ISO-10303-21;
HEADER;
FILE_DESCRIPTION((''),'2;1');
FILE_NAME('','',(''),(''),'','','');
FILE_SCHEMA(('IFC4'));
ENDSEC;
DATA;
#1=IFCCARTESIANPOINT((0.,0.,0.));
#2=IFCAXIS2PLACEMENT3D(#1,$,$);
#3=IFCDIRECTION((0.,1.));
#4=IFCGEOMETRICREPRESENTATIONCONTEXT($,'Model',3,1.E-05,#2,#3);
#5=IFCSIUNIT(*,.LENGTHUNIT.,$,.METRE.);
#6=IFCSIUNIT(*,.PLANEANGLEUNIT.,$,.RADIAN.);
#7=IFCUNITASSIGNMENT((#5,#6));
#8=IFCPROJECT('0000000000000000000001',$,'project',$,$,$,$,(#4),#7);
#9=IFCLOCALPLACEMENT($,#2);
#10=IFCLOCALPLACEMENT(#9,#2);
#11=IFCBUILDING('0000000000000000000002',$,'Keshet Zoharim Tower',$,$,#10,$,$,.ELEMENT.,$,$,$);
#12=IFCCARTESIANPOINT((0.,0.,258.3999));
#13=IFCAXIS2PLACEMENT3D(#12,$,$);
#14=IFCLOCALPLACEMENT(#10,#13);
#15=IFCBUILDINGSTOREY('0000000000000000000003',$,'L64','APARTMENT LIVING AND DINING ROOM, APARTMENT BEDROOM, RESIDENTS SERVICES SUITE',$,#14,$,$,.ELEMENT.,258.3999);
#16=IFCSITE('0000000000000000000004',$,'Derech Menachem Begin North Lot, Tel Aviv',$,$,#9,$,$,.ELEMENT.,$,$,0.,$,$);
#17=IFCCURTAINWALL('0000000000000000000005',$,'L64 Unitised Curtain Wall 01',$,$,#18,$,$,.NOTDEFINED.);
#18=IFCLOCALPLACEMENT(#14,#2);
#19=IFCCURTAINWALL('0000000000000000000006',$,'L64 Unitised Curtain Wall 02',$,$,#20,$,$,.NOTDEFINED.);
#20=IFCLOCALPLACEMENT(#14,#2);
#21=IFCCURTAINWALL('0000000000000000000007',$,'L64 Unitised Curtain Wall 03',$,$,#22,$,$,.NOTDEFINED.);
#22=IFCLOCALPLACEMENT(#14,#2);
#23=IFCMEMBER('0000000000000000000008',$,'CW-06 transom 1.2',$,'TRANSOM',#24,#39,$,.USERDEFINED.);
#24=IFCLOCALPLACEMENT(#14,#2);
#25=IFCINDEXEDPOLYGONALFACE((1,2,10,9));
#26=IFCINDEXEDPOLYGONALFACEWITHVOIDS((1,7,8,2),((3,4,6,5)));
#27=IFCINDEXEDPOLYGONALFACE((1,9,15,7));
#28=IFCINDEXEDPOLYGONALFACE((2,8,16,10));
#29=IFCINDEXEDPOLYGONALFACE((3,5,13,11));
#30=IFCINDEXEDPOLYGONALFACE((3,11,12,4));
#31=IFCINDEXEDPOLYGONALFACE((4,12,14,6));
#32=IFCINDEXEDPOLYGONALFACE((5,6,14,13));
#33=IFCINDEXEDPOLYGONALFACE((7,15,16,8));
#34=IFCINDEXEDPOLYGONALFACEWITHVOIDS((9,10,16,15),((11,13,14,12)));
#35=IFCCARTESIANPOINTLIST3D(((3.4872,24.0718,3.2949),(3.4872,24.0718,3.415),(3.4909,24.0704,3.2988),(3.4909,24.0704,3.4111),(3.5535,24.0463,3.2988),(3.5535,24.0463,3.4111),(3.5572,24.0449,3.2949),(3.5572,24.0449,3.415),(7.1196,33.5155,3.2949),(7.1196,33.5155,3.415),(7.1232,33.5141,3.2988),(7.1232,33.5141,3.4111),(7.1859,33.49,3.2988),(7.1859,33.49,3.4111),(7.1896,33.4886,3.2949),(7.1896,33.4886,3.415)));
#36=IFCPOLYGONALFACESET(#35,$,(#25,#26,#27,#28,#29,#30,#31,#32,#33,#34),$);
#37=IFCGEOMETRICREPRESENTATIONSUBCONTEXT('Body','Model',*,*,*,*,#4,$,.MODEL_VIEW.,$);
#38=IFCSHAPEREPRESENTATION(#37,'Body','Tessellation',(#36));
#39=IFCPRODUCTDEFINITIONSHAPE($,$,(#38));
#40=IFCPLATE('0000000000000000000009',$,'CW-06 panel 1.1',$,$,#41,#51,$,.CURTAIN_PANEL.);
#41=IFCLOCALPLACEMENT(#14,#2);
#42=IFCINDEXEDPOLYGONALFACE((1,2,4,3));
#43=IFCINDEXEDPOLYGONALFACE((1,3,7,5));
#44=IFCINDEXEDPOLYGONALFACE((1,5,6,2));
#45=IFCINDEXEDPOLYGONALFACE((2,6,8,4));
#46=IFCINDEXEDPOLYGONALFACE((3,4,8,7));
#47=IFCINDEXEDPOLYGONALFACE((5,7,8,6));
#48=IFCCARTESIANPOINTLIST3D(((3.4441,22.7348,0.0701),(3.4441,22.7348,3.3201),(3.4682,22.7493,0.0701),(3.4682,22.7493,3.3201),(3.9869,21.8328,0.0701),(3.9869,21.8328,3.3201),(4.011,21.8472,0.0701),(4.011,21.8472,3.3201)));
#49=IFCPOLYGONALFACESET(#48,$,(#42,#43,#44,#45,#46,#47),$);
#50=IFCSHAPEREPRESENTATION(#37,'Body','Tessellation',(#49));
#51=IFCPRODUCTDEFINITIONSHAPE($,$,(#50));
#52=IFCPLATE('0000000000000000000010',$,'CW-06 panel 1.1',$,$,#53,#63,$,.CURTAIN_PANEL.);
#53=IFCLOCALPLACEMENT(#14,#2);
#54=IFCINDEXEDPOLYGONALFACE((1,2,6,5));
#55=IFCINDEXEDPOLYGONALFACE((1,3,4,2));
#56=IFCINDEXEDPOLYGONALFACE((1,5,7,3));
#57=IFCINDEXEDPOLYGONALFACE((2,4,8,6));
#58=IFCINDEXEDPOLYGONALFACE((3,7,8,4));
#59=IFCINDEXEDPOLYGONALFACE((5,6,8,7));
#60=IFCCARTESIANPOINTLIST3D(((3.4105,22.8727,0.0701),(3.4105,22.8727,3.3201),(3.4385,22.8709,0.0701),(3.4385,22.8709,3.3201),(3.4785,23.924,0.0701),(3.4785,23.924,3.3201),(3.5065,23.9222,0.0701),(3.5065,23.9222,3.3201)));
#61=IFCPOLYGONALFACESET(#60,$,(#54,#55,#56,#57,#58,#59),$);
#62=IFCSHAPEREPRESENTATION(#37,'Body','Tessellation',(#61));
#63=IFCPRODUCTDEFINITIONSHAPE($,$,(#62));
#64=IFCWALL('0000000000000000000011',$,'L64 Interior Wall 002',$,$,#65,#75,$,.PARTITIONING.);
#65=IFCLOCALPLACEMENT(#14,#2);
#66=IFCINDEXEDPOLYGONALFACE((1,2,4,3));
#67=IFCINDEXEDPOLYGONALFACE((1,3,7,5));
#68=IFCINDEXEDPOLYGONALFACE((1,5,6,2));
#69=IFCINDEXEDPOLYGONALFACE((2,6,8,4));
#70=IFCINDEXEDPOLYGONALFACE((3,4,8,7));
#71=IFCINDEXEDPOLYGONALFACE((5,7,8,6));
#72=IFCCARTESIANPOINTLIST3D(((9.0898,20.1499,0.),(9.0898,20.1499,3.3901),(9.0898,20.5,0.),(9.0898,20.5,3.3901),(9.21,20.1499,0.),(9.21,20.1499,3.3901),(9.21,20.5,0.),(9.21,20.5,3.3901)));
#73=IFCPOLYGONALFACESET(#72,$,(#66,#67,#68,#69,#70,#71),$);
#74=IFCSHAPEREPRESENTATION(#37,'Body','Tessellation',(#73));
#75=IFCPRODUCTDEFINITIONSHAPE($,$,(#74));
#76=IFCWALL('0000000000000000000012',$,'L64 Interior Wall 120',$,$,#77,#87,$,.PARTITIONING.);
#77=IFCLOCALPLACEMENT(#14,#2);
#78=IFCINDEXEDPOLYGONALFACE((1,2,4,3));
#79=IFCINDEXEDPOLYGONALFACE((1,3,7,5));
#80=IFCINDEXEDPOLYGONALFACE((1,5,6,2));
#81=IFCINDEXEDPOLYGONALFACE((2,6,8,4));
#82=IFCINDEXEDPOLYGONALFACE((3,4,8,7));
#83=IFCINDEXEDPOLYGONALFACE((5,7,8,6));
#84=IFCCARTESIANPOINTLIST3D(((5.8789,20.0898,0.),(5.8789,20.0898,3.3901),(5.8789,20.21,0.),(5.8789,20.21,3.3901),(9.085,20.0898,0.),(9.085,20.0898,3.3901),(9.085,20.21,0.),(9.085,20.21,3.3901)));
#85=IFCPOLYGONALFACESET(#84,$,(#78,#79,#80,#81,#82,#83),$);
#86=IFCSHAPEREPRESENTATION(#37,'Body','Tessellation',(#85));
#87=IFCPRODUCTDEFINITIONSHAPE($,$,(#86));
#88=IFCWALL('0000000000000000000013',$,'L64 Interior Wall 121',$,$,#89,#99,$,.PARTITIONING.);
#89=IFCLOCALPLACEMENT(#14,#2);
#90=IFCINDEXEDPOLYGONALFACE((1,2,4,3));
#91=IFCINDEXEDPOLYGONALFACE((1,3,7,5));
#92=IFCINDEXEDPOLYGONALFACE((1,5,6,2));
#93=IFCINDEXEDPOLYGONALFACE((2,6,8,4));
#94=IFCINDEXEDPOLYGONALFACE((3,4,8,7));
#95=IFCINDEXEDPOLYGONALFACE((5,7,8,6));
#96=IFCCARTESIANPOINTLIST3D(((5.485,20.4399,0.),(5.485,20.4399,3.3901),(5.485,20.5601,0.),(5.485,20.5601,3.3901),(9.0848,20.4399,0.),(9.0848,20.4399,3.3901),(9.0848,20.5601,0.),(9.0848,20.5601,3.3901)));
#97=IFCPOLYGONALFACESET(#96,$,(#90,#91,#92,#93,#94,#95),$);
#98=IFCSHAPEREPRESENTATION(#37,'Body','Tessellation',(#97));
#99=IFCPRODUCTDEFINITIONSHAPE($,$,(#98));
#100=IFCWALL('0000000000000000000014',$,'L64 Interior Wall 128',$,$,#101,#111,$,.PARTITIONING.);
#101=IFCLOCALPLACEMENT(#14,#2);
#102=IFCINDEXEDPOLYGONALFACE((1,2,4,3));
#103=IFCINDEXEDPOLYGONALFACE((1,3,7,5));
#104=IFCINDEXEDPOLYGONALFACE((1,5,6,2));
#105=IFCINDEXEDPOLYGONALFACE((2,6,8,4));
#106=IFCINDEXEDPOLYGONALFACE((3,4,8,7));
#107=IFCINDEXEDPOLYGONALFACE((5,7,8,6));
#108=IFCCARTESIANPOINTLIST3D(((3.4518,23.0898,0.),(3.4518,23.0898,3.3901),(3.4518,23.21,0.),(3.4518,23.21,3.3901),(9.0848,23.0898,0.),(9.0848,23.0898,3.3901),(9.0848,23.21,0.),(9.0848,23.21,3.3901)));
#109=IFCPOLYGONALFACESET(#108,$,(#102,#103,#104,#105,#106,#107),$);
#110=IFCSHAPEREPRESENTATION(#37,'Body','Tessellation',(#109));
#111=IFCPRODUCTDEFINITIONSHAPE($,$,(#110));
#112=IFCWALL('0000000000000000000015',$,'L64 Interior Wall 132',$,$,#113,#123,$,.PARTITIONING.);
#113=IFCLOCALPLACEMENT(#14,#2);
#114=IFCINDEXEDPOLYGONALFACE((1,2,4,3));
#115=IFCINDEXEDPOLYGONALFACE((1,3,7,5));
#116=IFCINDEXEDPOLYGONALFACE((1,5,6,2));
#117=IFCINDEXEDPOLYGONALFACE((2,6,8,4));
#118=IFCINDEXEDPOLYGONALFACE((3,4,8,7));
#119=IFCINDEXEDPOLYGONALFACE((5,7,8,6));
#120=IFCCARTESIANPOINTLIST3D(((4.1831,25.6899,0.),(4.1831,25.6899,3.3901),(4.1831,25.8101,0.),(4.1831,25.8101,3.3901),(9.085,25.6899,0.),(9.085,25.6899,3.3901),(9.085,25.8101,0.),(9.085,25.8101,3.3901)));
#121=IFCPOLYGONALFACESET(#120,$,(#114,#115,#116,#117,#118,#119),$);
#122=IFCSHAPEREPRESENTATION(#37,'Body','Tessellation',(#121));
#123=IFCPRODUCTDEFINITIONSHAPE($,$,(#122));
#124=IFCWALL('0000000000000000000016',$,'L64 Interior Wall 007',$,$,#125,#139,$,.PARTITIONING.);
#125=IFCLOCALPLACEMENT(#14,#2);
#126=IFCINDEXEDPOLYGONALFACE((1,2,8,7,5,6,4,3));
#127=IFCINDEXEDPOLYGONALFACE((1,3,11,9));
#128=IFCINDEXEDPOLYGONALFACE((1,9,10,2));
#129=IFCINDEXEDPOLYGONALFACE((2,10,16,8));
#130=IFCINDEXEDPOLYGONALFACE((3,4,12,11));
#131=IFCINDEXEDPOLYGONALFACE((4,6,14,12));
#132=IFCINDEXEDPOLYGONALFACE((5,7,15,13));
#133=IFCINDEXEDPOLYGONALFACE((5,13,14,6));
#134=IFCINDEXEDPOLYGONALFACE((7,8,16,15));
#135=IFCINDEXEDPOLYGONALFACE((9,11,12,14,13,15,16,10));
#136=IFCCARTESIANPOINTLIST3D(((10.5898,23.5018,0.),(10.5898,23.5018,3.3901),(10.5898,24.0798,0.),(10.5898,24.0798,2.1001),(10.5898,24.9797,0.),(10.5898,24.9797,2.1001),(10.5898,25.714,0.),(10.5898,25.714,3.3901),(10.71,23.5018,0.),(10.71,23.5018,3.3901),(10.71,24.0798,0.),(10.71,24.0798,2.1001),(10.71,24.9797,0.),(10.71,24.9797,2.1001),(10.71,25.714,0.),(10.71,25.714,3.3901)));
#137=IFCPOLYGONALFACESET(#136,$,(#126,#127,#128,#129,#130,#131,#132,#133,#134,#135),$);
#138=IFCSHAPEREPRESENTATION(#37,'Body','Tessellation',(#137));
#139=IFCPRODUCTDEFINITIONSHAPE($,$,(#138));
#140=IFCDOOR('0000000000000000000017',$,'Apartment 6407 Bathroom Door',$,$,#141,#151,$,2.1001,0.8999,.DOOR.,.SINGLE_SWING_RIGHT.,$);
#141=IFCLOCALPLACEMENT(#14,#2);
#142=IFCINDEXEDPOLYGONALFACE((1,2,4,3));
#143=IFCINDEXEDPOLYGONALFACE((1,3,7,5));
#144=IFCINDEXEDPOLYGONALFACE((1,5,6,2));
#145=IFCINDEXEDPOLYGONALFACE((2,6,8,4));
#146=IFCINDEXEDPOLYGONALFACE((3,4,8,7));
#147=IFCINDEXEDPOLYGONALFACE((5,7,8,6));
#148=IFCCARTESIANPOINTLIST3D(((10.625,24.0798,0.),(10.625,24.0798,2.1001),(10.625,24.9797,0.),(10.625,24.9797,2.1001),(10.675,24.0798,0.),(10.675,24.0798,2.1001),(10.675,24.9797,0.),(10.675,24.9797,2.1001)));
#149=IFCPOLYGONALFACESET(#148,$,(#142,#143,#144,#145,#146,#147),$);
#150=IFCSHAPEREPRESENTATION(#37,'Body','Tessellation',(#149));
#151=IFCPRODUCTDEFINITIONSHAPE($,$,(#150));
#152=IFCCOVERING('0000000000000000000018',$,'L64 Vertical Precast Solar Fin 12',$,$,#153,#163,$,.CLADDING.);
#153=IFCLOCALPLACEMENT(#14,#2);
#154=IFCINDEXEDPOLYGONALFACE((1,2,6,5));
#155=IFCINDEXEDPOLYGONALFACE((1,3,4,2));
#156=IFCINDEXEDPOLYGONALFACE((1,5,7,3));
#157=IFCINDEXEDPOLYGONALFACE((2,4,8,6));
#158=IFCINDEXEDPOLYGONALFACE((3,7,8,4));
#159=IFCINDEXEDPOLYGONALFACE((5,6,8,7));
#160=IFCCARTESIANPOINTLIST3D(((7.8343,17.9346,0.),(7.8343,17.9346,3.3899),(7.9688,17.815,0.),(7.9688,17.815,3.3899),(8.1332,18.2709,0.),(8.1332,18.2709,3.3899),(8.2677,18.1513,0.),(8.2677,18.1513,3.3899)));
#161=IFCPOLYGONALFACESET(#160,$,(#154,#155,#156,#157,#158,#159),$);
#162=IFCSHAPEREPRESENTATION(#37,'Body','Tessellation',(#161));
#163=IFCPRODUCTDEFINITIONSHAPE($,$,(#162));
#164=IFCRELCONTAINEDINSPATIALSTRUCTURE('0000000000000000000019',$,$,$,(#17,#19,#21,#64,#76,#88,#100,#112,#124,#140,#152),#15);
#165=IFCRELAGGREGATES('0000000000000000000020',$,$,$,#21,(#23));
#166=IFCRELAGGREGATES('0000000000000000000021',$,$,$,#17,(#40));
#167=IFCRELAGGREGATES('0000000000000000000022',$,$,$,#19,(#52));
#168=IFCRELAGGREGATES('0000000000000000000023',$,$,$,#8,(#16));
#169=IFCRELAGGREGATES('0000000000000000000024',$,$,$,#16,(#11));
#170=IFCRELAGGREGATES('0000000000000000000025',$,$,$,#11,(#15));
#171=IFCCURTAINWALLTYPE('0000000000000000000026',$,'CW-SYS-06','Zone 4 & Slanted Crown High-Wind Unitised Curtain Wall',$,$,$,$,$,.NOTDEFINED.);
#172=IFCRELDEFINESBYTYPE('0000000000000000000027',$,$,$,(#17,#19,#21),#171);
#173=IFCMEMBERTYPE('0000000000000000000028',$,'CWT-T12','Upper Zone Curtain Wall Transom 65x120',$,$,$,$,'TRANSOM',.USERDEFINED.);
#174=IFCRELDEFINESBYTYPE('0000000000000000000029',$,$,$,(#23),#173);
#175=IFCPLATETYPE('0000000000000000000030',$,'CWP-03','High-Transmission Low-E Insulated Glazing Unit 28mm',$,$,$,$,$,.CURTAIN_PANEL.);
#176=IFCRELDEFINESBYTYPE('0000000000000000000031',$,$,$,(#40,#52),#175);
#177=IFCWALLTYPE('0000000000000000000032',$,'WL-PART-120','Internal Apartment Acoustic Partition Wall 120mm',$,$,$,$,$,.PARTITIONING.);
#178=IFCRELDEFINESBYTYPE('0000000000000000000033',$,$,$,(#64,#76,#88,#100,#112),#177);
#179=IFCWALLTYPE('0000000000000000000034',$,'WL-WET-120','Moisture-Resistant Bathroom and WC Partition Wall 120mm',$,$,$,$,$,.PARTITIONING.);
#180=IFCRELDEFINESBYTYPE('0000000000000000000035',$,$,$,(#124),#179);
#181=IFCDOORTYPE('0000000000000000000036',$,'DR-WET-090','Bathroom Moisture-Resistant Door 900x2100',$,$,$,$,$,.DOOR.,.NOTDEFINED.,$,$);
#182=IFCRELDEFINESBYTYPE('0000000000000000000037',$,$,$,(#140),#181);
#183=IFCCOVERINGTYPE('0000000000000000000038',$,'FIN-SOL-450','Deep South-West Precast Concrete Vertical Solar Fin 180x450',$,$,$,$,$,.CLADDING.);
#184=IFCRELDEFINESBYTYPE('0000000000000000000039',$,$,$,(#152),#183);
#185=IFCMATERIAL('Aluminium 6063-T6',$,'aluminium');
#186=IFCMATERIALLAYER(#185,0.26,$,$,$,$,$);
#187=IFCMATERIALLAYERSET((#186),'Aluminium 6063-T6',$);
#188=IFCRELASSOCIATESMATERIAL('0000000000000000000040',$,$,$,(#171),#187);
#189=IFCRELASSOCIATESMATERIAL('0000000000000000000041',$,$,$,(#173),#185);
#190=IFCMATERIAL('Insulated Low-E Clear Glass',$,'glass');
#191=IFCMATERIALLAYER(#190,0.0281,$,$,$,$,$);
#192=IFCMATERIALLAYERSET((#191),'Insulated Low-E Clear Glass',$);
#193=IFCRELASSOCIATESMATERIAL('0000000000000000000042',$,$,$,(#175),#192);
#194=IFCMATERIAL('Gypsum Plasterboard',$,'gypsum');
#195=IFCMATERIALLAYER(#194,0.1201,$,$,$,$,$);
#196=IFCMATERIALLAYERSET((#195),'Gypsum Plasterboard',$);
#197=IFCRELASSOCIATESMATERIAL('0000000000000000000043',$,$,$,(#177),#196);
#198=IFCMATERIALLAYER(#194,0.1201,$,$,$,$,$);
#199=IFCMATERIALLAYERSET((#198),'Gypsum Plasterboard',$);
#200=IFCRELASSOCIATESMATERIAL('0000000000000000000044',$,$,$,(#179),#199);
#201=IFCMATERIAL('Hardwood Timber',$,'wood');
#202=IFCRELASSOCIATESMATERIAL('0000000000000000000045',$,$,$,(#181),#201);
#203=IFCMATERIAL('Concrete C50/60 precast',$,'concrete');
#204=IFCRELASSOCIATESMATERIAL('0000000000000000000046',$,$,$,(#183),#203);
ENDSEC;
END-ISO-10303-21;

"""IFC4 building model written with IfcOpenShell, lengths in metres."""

from ifc_helpers import new_model, si_unit, direction, frame, frame_2d, origin, origin_2d, place, context, subcontext, project, spatial, rectangle, hollow_rectangle, extrude, material, layer, layer_set, material_profile, profile_set, type_object, element, fill, aggregate, save


model = new_model("IFC4")

# Units and contexts
model_context = context("Model", 3, precision=1e-05, world=origin(), true_north=direction((0.0, 1.0)))
body_context = subcontext(model_context, "Body", "Model", "MODEL_VIEW")
ifc_project = project(units=[si_unit("LENGTHUNIT", "METRE"), si_unit("PLANEANGLEUNIT", "RADIAN")], contexts=[model_context])

# Site, building, storey
site_placement = place(None, origin())
site = spatial("IfcSite", under=ifc_project, at=site_placement, Name="Derech Menachem Begin North Lot, Tel Aviv", CompositionType="ELEMENT", RefElevation=0.0)
building_placement = place(site_placement, origin())
building = spatial("IfcBuilding", under=site, at=building_placement, Name="Keshet Zoharim Tower", CompositionType="ELEMENT")
storey_placement = place(building_placement, frame((0.0, 0.0, 258.3999)))
storey = spatial("IfcBuildingStorey", under=building, at=storey_placement, Name="L64", Description="APARTMENT LIVING AND DINING ROOM, APARTMENT BEDROOM, RESIDENTS SERVICES SUITE", CompositionType="ELEMENT", Elevation=258.3999)

# Curtain walls
ifc_material_1 = material(Name="Aluminium 6063-T6", Category="aluminium")
ifc_layer_1 = layer(ifc_material_1, 0.26)
ifc_layer_set_1 = layer_set([ifc_layer_1], Name="Aluminium 6063-T6")
curtain_wall_type = type_object("IfcCurtainWallType", Name="CW-SYS-06", Description="Zone 4 & Slanted Crown High-Wind Unitised Curtain Wall", PredefinedType="NOTDEFINED", material=ifc_layer_set_1)
curtain_wall_1_placement = place(storey_placement, origin())
curtain_wall_1 = element("IfcCurtainWall", 1, at=curtain_wall_1_placement, inside=storey, type_object=curtain_wall_type, Name="L64 Unitised Curtain Wall 01", PredefinedType="NOTDEFINED")
curtain_wall_2_placement = place(storey_placement, origin())
curtain_wall_2 = element("IfcCurtainWall", 2, at=curtain_wall_2_placement, inside=storey, type_object=curtain_wall_type, Name="L64 Unitised Curtain Wall 02", PredefinedType="NOTDEFINED")

# Curtain wall
curtain_wall_3_placement = place(storey_placement, origin())
curtain_wall_3 = element("IfcCurtainWall", 3, at=curtain_wall_3_placement, inside=storey, type_object=curtain_wall_type, Name="L64 Unitised Curtain Wall 03", PredefinedType="NOTDEFINED")

# Member
ifc_material_profile_1 = material_profile(ifc_material_1, hollow_rectangle(XDim=0.075, YDim=0.1201, WallThickness=0.0039, at=origin_2d()), Name="TRN-75x120")
ifc_profile_set_1 = profile_set([ifc_material_profile_1], Name="Aluminium 6063-T6")
member_type_1 = type_object("IfcMemberType", Name="CWT-T12", Description="Upper Zone Curtain Wall Transom 65x120", ElementType="TRANSOM", PredefinedType="USERDEFINED", material=ifc_profile_set_1)
member_1_placement = place(storey_placement, frame((3.5222, 24.0583, 3.355), z_axis=(0.358994, 0.93334, 0.0), x_axis=(-0.93334, 0.358994, 0.0)))
member_1 = element("IfcMember", 4, at=member_1_placement, type_object=member_type_1, Name="CW-06 transom 1.2", ObjectType="TRANSOM", PredefinedType="USERDEFINED", context=body_context, shape_type="SweptSolid", body=[
    extrude(hollow_rectangle(XDim=0.075, YDim=0.1201, WallThickness=0.0039, at=origin_2d()), origin(), (0.0, 0.0, 1.0), 10.1182),
])
aggregate(curtain_wall_3, [member_1])

# Plates
ifc_material_2 = material(Name="Insulated Low-E Clear Glass", Category="glass")
ifc_layer_2 = layer(ifc_material_2, 0.0281)
ifc_layer_set_2 = layer_set([ifc_layer_2], Name="Insulated Low-E Clear Glass")
plate_type = type_object("IfcPlateType", Name="CWP-03", Description="High-Transmission Low-E Insulated Glazing Unit 28mm", PredefinedType="CURTAIN_PANEL", material=ifc_layer_set_2)
plate_1_placement = place(storey_placement, frame((3.7275, 22.291, 0.0701), z_axis=(0.0, 0.0, 1.0), x_axis=(-0.515605, 0.856826, 0.0)))
plate_1 = element("IfcPlate", 5, at=plate_1_placement, type_object=plate_type, Name="CW-06 panel 1.1", PredefinedType="CURTAIN_PANEL", context=body_context, shape_type="SweptSolid", body=[
    extrude(rectangle(XDim=1.0527, YDim=0.0281, at=origin_2d()), origin(), (0.0, 0.0, 1.0), 3.25),
])
aggregate(curtain_wall_1, [plate_1])
plate_2_placement = place(storey_placement, frame((3.4585, 23.3975, 0.0701), z_axis=(0.0, 0.0, 1.0), x_axis=(0.064517, 0.997917, 0.0)))
plate_2 = element("IfcPlate", 6, at=plate_2_placement, type_object=plate_type, Name="CW-06 panel 1.1", PredefinedType="CURTAIN_PANEL", context=body_context, shape_type="SweptSolid", body=[
    extrude(rectangle(XDim=1.0535, YDim=0.0281, at=origin_2d()), origin(), (0.0, 0.0, 1.0), 3.25),
])
aggregate(curtain_wall_2, [plate_2])

# Shared definitions
ifc_material_3 = material(Name="Hardwood Timber", Category="wood")

# Wall
ifc_material_4 = material(Name="Gypsum Plasterboard", Category="gypsum")
ifc_layer_3 = layer(ifc_material_4, 0.1201)
ifc_layer_set_3 = layer_set([ifc_layer_3], Name="Gypsum Plasterboard")
wall_type_1 = type_object("IfcWallType", Name="WL-PART-120", Description="Internal Apartment Acoustic Partition Wall 120mm", PredefinedType="PARTITIONING", material=ifc_layer_set_3)
wall_1_placement = place(storey_placement, frame((9.1499, 20.1499, 0.0), z_axis=(0.0, 0.0, 1.0), x_axis=(0.0, 1.0, 0.0)))
element("IfcWall", 7, at=wall_1_placement, inside=storey, type_object=wall_type_1, Name="L64 Interior Wall 002", PredefinedType="PARTITIONING", context=body_context, shape_type="SweptSolid", body=[
    extrude(rectangle(XDim=0.3501, YDim=0.1201, at=frame_2d((0.175, 0.0))), origin(), (0.0, 0.0, 1.0), 3.3901),
])

# Walls
wall_2_placement = place(storey_placement, frame((5.8789, 20.1499, 0.0), z_axis=(0.0, 0.0, 1.0), x_axis=(1.0, 0.0, 0.0)))
element("IfcWall", 8, at=wall_2_placement, inside=storey, type_object=wall_type_1, Name="L64 Interior Wall 120", PredefinedType="PARTITIONING", context=body_context, shape_type="SweptSolid", body=[
    extrude(rectangle(XDim=3.2061, YDim=0.1201, at=frame_2d((1.603, 0.0))), origin(), (0.0, 0.0, 1.0), 3.3901),
])
wall_3_placement = place(storey_placement, frame((5.4851, 20.5, 0.0), z_axis=(0.0, 0.0, 1.0), x_axis=(1.0, 0.0, 0.0)))
element("IfcWall", 9, at=wall_3_placement, inside=storey, type_object=wall_type_1, Name="L64 Interior Wall 121", PredefinedType="PARTITIONING", context=body_context, shape_type="SweptSolid", body=[
    extrude(rectangle(XDim=3.5999, YDim=0.1201, at=frame_2d((1.7998, 0.0))), origin(), (0.0, 0.0, 1.0), 3.3901),
])
wall_4_placement = place(storey_placement, frame((3.4519, 23.1499, 0.0), z_axis=(0.0, 0.0, 1.0), x_axis=(1.0, 0.0, 0.0)))
element("IfcWall", 10, at=wall_4_placement, inside=storey, type_object=wall_type_1, Name="L64 Interior Wall 128", PredefinedType="PARTITIONING", context=body_context, shape_type="SweptSolid", body=[
    extrude(rectangle(XDim=5.6331, YDim=0.1201, at=frame_2d((2.8164, 0.0))), origin(), (0.0, 0.0, 1.0), 3.3901),
])
wall_5_placement = place(storey_placement, frame((4.1831, 25.75, 0.0), z_axis=(0.0, 0.0, 1.0), x_axis=(1.0, 0.0, 0.0)))
element("IfcWall", 11, at=wall_5_placement, inside=storey, type_object=wall_type_1, Name="L64 Interior Wall 132", PredefinedType="PARTITIONING", context=body_context, shape_type="SweptSolid", body=[
    extrude(rectangle(XDim=4.9019, YDim=0.1201, at=frame_2d((2.4509, 0.0))), origin(), (0.0, 0.0, 1.0), 3.3901),
])

# Wall, opening, door
ifc_layer_4 = layer(ifc_material_4, 0.1201)
ifc_layer_set_4 = layer_set([ifc_layer_4], Name="Gypsum Plasterboard")
wall_type_2 = type_object("IfcWallType", Name="WL-WET-120", Description="Moisture-Resistant Bathroom and WC Partition Wall 120mm", PredefinedType="PARTITIONING", material=ifc_layer_set_4)
wall_6_placement = place(storey_placement, frame((10.6499, 23.502, 0.0), z_axis=(0.0, 0.0, 1.0), x_axis=(0.0, 1.0, 0.0)))
wall_6 = element("IfcWall", 12, at=wall_6_placement, inside=storey, type_object=wall_type_2, Name="L64 Interior Wall 007", PredefinedType="PARTITIONING", context=body_context, shape_type="SweptSolid", body=[
    extrude(rectangle(XDim=2.2122, YDim=0.1201, at=frame_2d((1.106, 0.0))), origin(), (0.0, 0.0, 1.0), 3.3901),
])
opening_1_placement = place(wall_6_placement, frame((0.5779, 0.0, 0.0)))
opening_1 = element("IfcOpeningElement", 13, at=opening_1_placement, cuts=wall_6, PredefinedType="OPENING", context=body_context, shape_type="SweptSolid", body=[
    extrude(rectangle(XDim=0.8999, YDim=2.1001, at=frame_2d((0.45, 1.05))), frame((0.0, 0.0701, 0.0), z_axis=(0.0, -1.0, 0.0), x_axis=(1.0, 0.0, 0.0)), (0.0, 0.0, 1.0), 0.1401),
])
door_type_1 = type_object("IfcDoorType", Name="DR-WET-090", Description="Bathroom Moisture-Resistant Door 900x2100", OperationType="NOTDEFINED", PredefinedType="DOOR", material=ifc_material_3)
door_1_placement = place(opening_1_placement, origin())
door_1 = element("IfcDoor", 14, at=door_1_placement, inside=storey, type_object=door_type_1, Name="Apartment 6407 Bathroom Door", OperationType="SINGLE_SWING_RIGHT", OverallHeight=2.1001, OverallWidth=0.8999, PredefinedType="DOOR", context=body_context, shape_type="SweptSolid", body=[
    extrude(rectangle(XDim=0.8999, YDim=2.1001, at=frame_2d((0.45, 1.05))), frame((0.0, 0.0249, 0.0), z_axis=(0.0, -1.0, 0.0), x_axis=(1.0, 0.0, 0.0)), (0.0, 0.0, 1.0), 0.05),
])
fill(opening_1, door_1)

# Covering
ifc_material_5 = material(Name="Concrete C50/60 precast", Category="concrete")
covering_type = type_object("IfcCoveringType", Name="FIN-SOL-450", Description="Deep South-West Precast Concrete Vertical Solar Fin 180x450", PredefinedType="CLADDING", material=ifc_material_5)
covering_placement = place(storey_placement, frame((8.051, 18.043, 0.0), z_axis=(0.0, 0.0, 1.0), x_axis=(-0.747412, 0.664361, 0.0)))
element("IfcCovering", 15, at=covering_placement, inside=storey, type_object=covering_type, Name="L64 Vertical Precast Solar Fin 12", PredefinedType="CLADDING", context=body_context, shape_type="SweptSolid", body=[
    extrude(rectangle(XDim=0.1799, YDim=0.45, at=origin_2d()), origin(), (0.0, 0.0, 1.0), 3.3899),
])

save(model, "model.ifc")
